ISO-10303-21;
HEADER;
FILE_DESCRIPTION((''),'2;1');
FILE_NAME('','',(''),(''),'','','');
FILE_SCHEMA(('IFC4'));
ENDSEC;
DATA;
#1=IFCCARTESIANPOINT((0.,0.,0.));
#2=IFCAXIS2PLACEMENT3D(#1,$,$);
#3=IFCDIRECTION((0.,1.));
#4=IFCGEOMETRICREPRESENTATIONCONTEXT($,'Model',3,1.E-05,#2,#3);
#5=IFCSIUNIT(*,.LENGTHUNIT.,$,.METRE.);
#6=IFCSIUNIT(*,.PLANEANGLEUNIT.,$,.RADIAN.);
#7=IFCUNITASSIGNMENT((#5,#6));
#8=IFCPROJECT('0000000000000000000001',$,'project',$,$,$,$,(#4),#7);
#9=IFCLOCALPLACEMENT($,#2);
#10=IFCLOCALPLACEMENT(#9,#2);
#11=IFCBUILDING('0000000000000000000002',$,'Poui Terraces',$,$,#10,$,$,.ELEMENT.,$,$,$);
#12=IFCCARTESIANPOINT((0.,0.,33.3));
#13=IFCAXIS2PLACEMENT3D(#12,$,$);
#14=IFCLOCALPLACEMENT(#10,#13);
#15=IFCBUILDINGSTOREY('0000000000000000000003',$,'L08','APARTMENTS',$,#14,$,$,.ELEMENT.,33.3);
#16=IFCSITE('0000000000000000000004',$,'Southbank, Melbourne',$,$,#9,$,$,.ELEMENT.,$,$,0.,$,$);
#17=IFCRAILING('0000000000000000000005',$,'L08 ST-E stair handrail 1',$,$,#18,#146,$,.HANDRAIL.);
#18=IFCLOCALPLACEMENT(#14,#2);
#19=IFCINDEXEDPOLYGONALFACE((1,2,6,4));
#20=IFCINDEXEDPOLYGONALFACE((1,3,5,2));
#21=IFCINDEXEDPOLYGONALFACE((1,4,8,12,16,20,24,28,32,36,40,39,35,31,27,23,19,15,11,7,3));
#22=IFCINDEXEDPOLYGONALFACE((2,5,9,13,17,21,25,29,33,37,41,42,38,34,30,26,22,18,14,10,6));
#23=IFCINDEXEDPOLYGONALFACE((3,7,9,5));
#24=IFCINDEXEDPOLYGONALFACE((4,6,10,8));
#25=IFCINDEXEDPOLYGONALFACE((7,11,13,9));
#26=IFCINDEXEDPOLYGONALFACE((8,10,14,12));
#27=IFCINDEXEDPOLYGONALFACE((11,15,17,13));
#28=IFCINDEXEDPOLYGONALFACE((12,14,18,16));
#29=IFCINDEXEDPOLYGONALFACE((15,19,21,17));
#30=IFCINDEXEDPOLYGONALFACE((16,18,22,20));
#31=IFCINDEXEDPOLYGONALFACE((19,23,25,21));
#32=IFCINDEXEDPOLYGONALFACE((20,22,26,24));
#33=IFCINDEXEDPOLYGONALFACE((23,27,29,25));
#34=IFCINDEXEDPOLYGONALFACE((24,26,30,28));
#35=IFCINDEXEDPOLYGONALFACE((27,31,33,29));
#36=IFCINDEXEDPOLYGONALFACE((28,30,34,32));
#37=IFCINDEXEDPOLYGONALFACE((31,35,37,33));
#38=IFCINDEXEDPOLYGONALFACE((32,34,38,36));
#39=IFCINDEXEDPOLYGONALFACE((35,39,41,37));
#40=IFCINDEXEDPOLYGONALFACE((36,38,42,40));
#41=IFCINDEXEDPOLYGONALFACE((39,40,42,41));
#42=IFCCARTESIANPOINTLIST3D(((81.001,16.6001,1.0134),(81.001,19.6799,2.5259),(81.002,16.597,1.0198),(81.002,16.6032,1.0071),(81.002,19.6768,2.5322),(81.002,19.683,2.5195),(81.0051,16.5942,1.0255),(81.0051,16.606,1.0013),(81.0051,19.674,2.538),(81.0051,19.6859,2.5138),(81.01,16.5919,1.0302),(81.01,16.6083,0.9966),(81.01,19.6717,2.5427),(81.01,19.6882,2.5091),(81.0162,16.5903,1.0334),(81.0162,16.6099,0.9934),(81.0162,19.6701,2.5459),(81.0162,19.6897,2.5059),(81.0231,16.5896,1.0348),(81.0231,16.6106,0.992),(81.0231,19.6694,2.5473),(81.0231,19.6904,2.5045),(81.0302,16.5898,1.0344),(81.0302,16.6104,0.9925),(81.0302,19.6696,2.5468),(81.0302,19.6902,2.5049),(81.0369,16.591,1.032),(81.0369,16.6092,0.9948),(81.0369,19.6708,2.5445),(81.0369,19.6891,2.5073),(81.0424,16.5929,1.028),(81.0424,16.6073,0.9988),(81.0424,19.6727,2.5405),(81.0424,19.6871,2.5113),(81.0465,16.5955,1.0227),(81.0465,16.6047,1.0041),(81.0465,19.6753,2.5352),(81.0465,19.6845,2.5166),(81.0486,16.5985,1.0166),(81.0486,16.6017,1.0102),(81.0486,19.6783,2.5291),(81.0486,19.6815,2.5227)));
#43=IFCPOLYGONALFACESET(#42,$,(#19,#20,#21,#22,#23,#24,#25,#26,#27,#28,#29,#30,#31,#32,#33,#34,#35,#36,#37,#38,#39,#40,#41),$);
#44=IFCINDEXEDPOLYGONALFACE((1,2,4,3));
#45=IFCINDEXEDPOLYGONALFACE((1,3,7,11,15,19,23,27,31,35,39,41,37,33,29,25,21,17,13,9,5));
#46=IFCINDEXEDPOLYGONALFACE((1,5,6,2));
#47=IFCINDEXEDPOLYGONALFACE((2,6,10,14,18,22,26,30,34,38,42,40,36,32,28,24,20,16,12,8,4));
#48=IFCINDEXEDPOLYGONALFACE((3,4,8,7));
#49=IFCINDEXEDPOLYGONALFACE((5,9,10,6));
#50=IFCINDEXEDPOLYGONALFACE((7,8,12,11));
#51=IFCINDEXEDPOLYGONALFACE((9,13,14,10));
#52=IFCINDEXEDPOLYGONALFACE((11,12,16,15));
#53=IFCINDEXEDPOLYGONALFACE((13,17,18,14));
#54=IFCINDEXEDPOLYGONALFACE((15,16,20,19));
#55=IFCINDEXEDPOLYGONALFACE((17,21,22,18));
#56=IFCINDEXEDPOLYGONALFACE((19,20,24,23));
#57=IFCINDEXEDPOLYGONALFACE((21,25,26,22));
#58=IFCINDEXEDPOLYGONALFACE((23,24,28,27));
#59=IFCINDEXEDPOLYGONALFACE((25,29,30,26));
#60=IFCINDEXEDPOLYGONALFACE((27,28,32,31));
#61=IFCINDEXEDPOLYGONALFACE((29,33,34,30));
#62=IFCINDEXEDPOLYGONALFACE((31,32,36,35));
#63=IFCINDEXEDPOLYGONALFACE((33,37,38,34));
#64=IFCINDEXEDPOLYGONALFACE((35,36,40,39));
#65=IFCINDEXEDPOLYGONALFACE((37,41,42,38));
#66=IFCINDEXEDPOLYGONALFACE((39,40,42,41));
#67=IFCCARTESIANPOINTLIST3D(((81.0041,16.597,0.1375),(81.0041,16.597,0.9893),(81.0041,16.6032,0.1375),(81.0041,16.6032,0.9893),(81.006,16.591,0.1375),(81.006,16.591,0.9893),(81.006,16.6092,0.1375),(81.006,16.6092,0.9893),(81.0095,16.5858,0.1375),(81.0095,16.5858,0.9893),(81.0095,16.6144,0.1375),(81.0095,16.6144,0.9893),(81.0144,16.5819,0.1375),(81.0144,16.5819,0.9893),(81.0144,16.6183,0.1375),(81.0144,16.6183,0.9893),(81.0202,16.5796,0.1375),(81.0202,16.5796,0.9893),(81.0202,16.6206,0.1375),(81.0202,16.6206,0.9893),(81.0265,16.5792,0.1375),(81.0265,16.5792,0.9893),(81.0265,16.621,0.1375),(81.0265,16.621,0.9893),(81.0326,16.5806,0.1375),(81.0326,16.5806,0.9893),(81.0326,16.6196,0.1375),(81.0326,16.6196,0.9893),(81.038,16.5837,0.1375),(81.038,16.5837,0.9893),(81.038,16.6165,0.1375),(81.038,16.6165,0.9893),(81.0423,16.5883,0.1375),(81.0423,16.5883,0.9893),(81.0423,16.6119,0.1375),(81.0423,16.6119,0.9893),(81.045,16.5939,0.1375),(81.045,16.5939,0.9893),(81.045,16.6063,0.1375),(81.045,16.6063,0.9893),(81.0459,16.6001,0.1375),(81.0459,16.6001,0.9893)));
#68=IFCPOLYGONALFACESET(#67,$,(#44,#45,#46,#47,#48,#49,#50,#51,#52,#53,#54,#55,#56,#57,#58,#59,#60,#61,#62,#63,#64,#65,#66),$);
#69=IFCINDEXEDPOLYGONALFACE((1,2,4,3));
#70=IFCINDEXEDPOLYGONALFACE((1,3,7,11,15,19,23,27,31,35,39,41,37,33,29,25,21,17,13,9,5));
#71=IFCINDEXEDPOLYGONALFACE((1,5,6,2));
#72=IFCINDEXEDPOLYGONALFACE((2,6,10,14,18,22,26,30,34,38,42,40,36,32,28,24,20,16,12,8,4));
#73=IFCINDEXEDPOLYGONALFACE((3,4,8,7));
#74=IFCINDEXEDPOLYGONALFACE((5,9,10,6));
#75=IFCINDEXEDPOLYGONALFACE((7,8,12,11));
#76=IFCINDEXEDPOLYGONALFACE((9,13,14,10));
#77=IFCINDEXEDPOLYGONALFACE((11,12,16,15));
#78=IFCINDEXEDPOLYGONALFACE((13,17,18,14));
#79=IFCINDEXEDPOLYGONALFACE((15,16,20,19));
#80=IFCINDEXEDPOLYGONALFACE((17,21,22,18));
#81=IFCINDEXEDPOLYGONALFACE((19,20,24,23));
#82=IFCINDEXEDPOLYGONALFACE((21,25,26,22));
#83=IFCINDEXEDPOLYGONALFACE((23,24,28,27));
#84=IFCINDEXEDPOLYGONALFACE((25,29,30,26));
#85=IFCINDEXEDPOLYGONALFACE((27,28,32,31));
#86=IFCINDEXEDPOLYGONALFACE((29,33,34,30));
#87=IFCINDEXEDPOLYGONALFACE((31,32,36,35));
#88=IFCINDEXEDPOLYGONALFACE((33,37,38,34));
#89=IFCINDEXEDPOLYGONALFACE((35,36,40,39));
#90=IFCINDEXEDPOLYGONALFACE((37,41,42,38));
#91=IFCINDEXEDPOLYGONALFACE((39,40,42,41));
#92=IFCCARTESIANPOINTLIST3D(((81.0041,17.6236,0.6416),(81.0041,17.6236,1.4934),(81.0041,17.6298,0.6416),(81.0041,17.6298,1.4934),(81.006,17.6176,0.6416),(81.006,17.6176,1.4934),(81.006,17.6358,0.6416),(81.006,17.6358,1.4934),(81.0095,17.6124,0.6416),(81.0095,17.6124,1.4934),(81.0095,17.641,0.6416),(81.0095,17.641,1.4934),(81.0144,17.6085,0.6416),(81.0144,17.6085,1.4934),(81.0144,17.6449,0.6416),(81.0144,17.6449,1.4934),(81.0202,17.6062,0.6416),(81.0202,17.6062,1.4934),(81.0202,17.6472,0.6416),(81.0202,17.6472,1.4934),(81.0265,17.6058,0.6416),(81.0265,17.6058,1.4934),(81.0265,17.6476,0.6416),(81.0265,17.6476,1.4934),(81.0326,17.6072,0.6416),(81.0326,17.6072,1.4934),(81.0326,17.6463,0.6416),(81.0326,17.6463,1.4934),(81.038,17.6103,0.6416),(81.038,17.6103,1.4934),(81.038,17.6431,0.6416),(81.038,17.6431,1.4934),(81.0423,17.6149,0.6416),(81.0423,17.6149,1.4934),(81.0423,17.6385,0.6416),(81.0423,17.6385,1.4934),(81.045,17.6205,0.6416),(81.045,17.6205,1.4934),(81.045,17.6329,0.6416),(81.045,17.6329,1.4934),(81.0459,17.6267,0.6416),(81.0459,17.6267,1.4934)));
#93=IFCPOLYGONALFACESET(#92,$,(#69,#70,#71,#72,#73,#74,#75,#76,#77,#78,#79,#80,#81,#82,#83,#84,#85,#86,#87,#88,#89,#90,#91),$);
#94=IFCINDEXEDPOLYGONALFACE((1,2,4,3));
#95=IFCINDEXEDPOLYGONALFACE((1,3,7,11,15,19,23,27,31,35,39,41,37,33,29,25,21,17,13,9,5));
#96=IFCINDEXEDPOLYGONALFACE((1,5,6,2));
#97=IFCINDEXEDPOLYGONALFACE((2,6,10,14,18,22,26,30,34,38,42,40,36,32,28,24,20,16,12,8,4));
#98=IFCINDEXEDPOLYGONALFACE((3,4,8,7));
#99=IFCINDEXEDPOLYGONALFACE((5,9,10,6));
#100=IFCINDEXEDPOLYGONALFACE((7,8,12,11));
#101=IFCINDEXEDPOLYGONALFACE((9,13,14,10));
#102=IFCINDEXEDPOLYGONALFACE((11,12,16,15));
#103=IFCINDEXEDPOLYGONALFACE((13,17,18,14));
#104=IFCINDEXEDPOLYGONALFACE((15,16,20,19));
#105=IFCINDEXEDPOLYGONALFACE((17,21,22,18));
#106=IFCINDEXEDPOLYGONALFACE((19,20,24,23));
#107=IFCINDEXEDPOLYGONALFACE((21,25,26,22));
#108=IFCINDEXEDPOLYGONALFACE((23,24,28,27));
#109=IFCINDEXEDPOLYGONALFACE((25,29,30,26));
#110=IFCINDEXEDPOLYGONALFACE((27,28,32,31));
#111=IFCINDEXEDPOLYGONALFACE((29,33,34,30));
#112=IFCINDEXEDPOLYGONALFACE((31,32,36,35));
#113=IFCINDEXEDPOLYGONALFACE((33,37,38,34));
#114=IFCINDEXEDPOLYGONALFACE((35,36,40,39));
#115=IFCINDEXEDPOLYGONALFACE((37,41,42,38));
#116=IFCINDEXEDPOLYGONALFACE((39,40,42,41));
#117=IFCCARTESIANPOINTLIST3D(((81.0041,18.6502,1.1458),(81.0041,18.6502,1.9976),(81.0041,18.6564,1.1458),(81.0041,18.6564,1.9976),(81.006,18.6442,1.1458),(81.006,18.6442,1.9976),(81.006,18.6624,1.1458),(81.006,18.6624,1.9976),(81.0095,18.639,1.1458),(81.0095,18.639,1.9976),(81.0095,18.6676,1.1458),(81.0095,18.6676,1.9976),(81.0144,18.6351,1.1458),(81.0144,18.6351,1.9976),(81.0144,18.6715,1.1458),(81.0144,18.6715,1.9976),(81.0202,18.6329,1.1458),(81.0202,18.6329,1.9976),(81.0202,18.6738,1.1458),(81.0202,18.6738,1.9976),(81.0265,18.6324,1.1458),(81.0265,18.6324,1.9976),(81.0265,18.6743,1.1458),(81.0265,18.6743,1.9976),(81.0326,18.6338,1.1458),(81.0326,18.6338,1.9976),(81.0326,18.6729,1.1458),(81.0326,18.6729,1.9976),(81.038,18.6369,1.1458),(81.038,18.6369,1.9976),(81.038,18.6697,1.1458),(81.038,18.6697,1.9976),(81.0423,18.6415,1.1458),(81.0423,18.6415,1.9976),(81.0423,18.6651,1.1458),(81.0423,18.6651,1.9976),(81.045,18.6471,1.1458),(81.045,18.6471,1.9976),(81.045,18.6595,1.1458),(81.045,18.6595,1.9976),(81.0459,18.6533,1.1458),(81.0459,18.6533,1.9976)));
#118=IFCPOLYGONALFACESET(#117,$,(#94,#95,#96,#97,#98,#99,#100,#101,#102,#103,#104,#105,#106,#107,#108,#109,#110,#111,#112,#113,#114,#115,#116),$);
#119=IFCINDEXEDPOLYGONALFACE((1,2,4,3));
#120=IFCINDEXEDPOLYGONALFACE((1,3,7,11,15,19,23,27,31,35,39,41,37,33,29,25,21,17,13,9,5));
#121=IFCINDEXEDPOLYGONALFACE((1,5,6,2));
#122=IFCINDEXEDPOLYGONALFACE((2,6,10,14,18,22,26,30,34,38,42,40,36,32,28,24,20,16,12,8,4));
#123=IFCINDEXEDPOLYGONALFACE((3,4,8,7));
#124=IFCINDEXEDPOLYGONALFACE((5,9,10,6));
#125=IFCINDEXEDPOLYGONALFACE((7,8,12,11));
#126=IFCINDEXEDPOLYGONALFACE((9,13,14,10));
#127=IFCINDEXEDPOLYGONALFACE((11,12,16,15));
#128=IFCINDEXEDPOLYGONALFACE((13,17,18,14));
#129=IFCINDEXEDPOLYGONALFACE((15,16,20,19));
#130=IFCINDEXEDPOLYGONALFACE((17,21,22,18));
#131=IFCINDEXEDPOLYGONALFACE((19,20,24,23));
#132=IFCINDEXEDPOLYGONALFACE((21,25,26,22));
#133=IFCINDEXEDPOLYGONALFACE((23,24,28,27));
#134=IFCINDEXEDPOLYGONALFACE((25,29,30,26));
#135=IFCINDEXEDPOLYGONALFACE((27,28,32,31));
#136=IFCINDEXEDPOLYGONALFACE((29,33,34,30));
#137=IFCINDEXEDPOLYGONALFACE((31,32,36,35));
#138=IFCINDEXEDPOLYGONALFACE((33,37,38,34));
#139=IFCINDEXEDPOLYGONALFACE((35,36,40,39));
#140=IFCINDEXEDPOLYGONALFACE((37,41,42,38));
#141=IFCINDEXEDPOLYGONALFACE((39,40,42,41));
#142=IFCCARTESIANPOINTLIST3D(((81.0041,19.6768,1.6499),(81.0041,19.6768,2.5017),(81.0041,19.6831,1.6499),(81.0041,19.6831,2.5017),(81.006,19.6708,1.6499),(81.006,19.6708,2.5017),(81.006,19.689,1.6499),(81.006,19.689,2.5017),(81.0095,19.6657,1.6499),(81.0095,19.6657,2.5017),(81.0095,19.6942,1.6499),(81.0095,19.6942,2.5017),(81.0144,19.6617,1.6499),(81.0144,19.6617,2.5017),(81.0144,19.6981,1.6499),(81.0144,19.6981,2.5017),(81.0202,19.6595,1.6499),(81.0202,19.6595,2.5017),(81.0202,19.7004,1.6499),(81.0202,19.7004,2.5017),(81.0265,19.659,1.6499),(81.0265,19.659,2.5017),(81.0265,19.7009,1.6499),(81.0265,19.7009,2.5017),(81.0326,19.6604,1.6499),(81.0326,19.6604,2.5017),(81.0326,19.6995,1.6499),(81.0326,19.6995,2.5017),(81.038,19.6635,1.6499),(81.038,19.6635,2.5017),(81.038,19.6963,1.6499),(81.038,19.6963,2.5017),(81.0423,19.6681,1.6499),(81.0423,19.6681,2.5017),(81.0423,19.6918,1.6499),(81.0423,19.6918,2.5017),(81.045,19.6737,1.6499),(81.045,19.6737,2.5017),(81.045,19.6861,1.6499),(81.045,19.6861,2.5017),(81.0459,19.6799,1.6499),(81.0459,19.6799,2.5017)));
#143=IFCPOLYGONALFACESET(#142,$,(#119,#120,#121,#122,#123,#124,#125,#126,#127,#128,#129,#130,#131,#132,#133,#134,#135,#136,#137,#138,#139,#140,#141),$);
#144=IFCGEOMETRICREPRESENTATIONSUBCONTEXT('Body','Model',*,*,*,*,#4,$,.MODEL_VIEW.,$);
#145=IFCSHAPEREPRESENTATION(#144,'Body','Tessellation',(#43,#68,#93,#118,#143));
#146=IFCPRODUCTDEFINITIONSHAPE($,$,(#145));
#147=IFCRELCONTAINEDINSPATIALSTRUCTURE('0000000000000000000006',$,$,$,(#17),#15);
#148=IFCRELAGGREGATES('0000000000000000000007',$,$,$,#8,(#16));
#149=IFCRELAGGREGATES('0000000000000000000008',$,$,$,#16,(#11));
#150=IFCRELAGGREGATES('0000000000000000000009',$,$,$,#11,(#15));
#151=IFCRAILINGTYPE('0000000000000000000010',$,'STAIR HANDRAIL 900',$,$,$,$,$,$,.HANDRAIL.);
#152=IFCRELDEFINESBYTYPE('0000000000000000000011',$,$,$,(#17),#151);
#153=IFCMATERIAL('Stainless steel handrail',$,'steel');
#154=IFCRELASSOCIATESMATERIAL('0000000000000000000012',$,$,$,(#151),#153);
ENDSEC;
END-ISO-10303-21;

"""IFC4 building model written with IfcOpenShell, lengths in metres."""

from ifc_helpers import new_model, si_unit, direction, frame, origin, origin_2d, place, context, subcontext, project, spatial, circle, extrude, material, type_object, element, save


model = new_model("IFC4")

# Units and contexts
model_context = context("Model", 3, precision=1e-05, world=origin(), true_north=direction((0.0, 1.0)))
body_context = subcontext(model_context, "Body", "Model", "MODEL_VIEW")
ifc_project = project(units=[si_unit("LENGTHUNIT", "METRE"), si_unit("PLANEANGLEUNIT", "RADIAN")], contexts=[model_context])

# Site, building, storey
site_placement = place(None, origin())
site = spatial("IfcSite", under=ifc_project, at=site_placement, Name="Southbank, Melbourne", CompositionType="ELEMENT", RefElevation=0.0)
building_placement = place(site_placement, origin())
building = spatial("IfcBuilding", under=site, at=building_placement, Name="Poui Terraces", CompositionType="ELEMENT")
storey_placement = place(building_placement, frame((0.0, 0.0, 33.3)))
storey = spatial("IfcBuildingStorey", under=building, at=storey_placement, Name="L08", Description="APARTMENTS", CompositionType="ELEMENT", Elevation=33.3)

# Railing
ifc_material_1 = material(Name="Stainless steel handrail", Category="steel")
railing_type_1 = type_object("IfcRailingType", Name="STAIR HANDRAIL 900", PredefinedType="HANDRAIL", material=ifc_material_1)
railing_1_placement = place(storey_placement, frame((81.0249, 16.6001, 0.1375)))
element("IfcRailing", 1, at=railing_1_placement, inside=storey, type_object=railing_type_1, Name="L08 ST-E stair handrail 1", PredefinedType="HANDRAIL", context=body_context, shape_type="SweptSolid", body=[
    extrude(circle(Radius=0.0239, at=origin_2d()), frame((0.0, 0.0, 0.876), z_axis=(0.0, 0.897606, 0.440798), x_axis=(-1.0, 0.0, 0.0)), (0.0, 0.0, 1.0), 3.4312),
    extrude(circle(Radius=0.021, at=origin_2d()), origin(), (0.0, 0.0, 1.0), 0.8518),
    extrude(circle(Radius=0.021, at=origin_2d()), frame((0.0, 1.0266, 0.5042)), (0.0, 0.0, 1.0), 0.8518),
    extrude(circle(Radius=0.021, at=origin_2d()), frame((0.0, 2.0532, 1.0083)), (0.0, 0.0, 1.0), 0.8518),
    extrude(circle(Radius=0.021, at=origin_2d()), frame((0.0, 3.0798, 1.5125)), (0.0, 0.0, 1.0), 0.8518),
])

save(model, "model.ifc")
